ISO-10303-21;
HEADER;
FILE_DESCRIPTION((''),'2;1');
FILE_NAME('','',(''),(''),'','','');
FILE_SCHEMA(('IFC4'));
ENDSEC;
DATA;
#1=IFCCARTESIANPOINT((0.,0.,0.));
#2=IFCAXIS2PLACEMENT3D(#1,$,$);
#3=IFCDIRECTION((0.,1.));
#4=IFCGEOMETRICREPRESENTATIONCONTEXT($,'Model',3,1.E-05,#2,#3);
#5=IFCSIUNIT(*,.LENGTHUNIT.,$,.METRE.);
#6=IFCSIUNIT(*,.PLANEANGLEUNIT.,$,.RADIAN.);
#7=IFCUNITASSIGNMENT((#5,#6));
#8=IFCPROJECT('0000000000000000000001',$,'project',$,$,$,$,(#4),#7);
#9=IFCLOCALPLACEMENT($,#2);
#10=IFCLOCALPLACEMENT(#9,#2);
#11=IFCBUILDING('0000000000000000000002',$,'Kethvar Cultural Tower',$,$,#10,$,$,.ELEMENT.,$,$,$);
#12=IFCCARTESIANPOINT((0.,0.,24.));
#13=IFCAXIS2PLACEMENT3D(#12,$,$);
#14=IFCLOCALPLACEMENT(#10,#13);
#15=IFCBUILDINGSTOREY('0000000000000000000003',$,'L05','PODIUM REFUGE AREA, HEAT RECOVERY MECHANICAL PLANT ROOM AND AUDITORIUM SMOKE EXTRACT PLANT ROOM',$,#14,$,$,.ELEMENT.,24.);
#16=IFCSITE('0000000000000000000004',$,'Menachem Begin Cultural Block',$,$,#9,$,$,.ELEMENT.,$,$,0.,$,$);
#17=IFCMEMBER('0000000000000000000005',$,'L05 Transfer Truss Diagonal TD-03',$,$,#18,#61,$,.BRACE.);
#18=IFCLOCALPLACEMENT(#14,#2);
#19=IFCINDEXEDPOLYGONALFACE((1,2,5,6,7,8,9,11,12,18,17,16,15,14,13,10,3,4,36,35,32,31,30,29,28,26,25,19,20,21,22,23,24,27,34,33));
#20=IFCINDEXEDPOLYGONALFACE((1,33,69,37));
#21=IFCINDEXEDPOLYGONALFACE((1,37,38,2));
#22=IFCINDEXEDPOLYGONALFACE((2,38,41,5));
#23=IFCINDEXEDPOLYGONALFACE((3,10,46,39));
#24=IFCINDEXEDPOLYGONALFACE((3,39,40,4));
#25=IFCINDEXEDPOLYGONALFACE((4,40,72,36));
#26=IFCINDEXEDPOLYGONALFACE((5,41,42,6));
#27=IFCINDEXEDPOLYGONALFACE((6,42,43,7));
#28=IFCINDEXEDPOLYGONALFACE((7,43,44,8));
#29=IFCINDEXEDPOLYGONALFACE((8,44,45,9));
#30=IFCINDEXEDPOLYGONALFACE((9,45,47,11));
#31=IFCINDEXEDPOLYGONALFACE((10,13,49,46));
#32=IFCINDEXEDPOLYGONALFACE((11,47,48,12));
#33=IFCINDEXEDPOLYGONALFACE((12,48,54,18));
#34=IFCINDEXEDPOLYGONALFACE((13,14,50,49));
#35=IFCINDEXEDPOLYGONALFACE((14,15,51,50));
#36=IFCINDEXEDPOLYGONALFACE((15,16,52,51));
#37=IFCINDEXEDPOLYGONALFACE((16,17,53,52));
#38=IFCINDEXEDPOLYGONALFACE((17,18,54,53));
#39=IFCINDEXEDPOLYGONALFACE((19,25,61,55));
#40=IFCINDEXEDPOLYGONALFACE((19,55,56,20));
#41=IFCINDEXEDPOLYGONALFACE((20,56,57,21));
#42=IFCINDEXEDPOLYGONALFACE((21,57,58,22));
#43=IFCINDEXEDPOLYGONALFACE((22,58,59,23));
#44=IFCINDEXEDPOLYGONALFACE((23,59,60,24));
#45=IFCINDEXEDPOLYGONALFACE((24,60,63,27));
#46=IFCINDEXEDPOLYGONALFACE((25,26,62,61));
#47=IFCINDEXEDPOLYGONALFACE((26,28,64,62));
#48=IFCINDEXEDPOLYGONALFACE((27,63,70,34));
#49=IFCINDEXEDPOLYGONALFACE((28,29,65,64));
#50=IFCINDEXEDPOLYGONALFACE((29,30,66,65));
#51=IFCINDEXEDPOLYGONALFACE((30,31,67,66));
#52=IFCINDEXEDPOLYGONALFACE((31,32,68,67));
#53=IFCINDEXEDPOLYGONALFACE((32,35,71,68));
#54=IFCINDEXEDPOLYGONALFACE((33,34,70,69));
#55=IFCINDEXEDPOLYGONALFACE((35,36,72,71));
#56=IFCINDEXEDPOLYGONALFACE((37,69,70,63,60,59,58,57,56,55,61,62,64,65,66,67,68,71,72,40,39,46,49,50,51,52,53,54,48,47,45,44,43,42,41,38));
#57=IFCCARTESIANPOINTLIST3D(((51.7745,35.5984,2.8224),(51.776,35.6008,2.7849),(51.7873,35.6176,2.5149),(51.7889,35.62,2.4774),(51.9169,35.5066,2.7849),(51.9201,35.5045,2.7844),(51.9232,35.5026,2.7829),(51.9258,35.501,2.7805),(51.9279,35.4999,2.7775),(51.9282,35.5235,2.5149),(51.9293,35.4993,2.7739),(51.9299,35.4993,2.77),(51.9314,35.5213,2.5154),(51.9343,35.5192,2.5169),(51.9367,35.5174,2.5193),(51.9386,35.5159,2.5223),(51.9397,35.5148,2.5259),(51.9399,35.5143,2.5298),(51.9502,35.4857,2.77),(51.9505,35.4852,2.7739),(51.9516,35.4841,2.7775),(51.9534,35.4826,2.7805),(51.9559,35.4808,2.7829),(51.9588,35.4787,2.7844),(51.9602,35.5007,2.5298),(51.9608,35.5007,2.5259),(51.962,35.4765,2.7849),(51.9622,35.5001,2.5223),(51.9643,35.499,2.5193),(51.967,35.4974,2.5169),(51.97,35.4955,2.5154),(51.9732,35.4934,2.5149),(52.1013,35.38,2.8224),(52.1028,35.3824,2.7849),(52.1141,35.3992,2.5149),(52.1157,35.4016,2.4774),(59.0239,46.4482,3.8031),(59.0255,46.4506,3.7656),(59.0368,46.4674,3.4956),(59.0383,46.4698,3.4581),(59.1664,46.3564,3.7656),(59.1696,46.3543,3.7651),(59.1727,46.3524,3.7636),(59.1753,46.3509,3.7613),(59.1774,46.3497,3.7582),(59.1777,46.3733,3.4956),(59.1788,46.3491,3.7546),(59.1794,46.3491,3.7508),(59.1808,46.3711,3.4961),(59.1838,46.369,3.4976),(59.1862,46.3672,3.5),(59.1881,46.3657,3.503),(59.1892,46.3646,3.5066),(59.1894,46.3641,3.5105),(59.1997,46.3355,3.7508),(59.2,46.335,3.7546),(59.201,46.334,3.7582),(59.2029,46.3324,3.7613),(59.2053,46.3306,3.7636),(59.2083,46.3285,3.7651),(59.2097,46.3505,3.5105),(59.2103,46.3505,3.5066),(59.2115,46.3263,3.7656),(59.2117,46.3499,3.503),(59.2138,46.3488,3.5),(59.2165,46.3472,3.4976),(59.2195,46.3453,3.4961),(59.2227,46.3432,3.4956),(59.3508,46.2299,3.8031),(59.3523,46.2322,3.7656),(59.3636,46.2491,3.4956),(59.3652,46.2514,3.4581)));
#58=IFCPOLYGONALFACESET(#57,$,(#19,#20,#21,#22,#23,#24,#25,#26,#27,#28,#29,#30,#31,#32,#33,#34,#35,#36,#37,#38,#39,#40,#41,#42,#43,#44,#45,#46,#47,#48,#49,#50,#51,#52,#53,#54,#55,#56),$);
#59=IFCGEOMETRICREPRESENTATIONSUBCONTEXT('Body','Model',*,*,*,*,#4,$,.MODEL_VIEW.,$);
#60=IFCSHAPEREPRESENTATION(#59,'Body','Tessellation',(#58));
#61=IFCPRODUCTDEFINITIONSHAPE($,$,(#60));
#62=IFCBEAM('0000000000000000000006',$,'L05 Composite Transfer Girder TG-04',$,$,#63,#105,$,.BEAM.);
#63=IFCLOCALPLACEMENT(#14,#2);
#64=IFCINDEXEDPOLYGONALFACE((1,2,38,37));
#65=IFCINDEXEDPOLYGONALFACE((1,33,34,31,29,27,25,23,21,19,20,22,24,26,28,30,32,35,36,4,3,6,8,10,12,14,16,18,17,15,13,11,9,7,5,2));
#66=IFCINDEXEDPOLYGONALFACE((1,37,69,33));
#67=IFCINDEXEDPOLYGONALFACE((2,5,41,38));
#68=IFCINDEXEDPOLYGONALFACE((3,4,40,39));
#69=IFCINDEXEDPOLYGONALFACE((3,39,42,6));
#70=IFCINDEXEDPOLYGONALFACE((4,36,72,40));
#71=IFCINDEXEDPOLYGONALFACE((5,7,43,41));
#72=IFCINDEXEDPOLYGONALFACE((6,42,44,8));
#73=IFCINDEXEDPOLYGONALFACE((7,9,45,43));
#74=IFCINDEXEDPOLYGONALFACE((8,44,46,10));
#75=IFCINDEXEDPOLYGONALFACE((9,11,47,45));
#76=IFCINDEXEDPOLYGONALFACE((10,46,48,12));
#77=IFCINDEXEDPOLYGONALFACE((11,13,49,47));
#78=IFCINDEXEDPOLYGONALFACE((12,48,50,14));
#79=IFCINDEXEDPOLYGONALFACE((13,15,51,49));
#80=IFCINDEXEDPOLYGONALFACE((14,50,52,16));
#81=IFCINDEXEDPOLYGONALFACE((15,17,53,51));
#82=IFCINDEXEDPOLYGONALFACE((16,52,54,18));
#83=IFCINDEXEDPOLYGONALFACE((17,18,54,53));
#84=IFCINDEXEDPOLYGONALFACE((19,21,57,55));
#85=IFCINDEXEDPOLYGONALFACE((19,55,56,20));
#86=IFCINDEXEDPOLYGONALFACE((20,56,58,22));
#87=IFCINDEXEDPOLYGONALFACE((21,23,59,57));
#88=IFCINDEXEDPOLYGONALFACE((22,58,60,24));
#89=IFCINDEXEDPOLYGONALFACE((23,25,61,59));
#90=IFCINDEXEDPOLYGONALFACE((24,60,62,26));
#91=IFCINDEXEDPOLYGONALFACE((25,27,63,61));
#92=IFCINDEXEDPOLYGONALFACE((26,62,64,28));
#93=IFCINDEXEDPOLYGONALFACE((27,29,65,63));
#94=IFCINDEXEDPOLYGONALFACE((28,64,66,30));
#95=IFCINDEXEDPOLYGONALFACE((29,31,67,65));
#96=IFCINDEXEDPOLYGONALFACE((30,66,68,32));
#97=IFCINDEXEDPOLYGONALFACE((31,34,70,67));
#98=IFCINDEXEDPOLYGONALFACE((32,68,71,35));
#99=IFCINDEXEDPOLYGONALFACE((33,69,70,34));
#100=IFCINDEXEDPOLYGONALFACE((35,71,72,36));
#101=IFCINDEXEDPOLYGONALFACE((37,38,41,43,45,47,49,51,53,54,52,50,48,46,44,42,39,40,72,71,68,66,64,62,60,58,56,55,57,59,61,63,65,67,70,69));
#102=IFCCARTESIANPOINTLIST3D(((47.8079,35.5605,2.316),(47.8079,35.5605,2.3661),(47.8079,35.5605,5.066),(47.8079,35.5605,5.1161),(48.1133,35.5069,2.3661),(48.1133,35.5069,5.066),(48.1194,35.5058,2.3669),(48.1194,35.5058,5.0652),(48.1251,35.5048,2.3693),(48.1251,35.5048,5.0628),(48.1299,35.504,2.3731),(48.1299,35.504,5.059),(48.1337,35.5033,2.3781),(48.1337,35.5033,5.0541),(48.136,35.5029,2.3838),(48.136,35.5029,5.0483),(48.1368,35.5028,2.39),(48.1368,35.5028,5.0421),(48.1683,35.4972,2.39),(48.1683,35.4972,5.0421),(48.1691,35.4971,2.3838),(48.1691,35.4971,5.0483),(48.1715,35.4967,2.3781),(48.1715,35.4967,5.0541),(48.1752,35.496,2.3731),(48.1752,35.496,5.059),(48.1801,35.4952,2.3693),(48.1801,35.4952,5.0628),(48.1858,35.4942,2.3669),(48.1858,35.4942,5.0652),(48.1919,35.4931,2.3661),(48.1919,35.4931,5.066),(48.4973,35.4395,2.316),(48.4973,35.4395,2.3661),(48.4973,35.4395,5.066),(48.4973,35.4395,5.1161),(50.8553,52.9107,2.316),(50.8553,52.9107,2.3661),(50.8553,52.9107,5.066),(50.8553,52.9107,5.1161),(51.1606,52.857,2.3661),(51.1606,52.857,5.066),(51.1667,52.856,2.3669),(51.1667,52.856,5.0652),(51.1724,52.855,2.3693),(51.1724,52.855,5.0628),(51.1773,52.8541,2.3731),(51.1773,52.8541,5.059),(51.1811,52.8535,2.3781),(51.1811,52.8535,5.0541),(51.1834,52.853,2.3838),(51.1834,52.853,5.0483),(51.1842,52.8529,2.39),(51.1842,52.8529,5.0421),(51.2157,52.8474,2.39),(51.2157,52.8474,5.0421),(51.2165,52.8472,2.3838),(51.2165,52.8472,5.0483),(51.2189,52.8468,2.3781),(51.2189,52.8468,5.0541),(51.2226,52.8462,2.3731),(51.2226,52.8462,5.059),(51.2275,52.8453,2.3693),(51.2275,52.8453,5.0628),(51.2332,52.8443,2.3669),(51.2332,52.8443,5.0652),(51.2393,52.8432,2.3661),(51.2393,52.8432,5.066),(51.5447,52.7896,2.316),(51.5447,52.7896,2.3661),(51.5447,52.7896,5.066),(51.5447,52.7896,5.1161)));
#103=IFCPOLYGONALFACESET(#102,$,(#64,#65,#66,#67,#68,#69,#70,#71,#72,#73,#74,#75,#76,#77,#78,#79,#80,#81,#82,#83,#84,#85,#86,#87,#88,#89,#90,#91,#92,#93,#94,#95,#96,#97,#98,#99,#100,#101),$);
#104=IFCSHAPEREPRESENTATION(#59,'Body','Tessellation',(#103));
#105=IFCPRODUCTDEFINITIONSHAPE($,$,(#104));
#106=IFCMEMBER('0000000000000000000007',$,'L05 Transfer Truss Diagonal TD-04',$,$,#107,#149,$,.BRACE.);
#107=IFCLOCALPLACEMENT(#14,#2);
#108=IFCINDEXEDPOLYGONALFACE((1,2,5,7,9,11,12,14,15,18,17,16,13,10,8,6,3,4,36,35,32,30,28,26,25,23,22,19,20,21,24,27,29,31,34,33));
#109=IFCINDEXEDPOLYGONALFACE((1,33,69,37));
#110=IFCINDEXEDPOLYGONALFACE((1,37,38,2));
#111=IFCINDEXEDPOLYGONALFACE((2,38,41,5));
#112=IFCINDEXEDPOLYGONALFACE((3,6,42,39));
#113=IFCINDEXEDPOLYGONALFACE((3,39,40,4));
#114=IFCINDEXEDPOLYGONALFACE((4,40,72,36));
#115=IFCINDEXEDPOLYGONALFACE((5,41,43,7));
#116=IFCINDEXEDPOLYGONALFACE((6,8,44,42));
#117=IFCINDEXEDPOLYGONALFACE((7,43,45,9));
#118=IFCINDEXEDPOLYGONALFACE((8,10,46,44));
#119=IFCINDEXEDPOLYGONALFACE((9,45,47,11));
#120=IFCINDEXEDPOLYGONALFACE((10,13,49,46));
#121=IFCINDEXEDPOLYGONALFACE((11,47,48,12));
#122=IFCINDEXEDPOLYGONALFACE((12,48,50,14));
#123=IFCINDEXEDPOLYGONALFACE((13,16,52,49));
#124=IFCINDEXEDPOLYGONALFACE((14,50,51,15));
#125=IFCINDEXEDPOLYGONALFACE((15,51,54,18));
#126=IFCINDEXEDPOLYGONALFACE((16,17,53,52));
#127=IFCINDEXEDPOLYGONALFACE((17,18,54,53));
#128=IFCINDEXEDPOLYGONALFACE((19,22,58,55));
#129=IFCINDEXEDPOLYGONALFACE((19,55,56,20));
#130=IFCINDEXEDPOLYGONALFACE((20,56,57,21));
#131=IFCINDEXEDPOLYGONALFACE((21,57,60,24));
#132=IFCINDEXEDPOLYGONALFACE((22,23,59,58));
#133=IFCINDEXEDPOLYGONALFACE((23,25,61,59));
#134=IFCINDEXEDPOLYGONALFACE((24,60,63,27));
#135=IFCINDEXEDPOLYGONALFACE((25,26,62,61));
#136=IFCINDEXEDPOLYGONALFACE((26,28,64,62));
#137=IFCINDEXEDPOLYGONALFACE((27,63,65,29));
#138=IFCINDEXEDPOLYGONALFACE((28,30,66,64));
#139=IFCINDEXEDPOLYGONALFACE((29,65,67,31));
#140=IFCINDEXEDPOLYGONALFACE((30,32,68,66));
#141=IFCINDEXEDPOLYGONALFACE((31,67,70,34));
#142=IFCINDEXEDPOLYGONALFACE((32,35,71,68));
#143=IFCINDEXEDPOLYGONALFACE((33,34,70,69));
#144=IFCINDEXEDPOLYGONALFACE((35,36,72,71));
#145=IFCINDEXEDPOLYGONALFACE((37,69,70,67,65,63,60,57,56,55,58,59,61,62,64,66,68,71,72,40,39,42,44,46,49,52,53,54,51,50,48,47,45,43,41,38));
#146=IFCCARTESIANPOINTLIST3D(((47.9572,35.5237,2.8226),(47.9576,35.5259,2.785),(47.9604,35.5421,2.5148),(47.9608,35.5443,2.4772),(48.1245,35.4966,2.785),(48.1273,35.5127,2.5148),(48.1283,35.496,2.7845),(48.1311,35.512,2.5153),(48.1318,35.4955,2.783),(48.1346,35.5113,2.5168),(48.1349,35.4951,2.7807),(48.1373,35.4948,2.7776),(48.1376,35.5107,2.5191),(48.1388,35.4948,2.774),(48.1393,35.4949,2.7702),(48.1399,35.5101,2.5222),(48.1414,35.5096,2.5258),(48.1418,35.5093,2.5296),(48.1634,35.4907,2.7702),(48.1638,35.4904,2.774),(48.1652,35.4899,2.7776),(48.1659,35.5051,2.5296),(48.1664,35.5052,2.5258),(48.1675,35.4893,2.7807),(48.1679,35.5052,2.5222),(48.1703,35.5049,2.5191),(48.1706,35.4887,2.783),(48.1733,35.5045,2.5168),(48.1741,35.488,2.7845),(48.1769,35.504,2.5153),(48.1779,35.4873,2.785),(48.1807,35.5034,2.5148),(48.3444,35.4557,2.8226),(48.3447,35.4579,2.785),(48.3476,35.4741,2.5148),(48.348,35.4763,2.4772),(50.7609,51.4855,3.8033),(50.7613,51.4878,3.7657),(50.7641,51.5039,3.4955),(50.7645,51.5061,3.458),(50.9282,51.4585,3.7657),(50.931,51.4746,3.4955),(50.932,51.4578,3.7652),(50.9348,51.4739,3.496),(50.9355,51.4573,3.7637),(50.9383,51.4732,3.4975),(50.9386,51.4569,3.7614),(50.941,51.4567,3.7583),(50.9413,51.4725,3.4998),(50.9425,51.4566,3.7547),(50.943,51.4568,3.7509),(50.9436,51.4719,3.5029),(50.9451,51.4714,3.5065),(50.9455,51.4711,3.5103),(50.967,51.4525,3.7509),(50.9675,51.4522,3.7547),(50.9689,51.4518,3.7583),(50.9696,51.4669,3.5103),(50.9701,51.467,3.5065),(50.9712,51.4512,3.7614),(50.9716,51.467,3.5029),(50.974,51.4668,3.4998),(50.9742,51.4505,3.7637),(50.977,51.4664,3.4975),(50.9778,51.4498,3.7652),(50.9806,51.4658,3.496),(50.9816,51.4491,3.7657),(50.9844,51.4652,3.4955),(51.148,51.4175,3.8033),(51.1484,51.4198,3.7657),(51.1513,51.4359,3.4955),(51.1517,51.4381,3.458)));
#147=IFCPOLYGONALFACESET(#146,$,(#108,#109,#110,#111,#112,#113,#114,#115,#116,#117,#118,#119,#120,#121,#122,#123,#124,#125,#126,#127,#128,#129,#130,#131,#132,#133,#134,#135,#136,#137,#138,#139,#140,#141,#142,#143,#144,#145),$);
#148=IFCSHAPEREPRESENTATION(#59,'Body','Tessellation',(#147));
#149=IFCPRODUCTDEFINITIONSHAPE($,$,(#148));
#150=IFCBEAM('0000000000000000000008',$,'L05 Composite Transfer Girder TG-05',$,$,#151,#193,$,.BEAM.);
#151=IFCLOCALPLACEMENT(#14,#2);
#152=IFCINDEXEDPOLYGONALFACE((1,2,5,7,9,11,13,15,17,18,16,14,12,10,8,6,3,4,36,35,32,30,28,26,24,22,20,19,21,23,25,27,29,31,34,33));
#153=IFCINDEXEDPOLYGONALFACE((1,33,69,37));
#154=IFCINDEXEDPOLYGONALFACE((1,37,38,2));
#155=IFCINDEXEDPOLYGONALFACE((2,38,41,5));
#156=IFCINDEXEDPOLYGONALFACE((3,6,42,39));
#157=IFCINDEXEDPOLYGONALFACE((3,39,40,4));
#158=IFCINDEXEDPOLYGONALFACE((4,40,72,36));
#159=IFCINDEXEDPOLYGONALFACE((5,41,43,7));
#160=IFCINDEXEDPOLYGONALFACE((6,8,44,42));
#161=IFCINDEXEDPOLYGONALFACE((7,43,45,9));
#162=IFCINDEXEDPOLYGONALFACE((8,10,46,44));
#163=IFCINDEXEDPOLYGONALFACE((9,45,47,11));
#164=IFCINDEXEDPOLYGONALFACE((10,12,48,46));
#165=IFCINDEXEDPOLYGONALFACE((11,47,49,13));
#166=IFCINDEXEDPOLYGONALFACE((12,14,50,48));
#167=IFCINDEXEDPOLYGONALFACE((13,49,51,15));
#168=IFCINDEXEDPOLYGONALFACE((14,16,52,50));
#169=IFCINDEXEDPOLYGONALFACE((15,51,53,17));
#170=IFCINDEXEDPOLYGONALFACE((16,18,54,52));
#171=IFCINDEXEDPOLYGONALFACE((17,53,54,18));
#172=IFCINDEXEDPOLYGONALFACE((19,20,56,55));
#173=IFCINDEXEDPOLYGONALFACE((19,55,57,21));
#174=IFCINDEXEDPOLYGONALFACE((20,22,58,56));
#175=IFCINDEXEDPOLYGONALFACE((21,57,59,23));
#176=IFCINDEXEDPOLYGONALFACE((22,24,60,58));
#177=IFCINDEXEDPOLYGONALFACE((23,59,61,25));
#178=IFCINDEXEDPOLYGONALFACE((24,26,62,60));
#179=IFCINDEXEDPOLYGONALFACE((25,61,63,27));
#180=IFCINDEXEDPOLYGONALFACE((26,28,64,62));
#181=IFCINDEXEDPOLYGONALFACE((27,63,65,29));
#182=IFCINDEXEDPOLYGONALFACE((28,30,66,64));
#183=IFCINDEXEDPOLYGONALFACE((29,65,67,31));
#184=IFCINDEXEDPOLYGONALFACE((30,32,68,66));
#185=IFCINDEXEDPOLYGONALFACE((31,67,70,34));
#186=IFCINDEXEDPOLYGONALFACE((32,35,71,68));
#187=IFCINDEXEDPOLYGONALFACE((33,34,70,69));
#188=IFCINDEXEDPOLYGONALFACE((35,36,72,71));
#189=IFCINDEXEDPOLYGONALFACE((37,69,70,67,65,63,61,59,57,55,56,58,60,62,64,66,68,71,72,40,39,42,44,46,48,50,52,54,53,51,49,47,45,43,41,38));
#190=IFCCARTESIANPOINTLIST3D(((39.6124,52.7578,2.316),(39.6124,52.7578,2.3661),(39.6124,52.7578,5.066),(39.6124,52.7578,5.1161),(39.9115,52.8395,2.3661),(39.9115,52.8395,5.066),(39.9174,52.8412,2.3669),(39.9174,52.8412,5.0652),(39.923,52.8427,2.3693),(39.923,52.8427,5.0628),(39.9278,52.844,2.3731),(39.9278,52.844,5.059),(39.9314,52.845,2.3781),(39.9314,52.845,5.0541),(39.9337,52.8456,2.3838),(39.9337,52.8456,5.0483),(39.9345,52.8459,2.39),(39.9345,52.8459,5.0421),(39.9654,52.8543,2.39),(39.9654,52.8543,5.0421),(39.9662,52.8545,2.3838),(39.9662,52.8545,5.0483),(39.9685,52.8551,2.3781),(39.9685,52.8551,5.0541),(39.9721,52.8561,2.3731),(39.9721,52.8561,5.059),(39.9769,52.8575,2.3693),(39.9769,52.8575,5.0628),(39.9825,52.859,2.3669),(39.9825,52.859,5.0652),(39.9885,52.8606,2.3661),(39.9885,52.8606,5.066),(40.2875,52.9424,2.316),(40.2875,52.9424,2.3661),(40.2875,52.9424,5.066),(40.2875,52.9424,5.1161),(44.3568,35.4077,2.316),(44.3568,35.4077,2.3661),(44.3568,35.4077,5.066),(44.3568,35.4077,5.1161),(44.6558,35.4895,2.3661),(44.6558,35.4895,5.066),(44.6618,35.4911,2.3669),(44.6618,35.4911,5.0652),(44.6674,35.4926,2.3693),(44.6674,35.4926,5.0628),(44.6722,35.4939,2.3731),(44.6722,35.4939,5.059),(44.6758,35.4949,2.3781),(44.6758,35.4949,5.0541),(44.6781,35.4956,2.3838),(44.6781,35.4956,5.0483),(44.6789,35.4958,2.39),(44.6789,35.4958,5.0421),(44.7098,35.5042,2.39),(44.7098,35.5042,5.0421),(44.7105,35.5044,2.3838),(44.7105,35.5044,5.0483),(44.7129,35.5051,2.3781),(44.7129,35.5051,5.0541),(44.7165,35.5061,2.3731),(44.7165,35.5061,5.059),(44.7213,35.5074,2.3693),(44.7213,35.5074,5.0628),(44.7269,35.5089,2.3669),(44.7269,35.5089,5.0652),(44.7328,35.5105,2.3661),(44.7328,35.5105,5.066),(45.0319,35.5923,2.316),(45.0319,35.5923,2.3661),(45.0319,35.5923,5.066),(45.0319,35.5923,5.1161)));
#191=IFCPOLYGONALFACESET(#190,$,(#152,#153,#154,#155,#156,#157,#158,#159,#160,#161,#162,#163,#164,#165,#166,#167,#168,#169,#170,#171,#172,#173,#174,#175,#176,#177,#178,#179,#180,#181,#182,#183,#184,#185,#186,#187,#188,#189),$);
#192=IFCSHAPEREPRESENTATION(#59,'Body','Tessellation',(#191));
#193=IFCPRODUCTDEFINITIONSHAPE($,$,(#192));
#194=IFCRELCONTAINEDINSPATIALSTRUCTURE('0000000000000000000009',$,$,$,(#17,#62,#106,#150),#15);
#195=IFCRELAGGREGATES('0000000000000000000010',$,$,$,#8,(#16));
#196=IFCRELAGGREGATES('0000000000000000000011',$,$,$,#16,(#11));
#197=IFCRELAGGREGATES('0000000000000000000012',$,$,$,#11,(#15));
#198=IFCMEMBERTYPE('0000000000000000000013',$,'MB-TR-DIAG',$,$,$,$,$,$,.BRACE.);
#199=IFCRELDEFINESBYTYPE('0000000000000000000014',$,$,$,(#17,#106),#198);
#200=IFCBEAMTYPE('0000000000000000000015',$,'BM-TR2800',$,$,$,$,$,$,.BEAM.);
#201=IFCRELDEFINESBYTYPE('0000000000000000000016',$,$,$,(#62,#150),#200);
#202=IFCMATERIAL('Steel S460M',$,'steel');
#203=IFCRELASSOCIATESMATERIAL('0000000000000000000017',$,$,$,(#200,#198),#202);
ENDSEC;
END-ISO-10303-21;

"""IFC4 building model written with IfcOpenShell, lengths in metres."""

from ifc_helpers import new_model, si_unit, direction, frame, origin, origin_2d, place, context, subcontext, project, spatial, i_section, extrude, source, transform, mapped, material, material_profile, profile_set, type_object, element, save


model = new_model("IFC4")

# Units and contexts
model_context = context("Model", 3, precision=1e-05, world=origin(), true_north=direction((0.0, 1.0)))
body_context = subcontext(model_context, "Body", "Model", "MODEL_VIEW")
ifc_project = project(units=[si_unit("LENGTHUNIT", "METRE"), si_unit("PLANEANGLEUNIT", "RADIAN")], contexts=[model_context])

# Site, building, storey
site_placement = place(None, origin())
site = spatial("IfcSite", under=ifc_project, at=site_placement, Name="Menachem Begin Cultural Block", CompositionType="ELEMENT", RefElevation=0.0)
building_placement = place(site_placement, origin())
building = spatial("IfcBuilding", under=site, at=building_placement, Name="Kethvar Cultural Tower", CompositionType="ELEMENT")
storey_placement = place(building_placement, frame((0.0, 0.0, 24.0)))
storey = spatial("IfcBuildingStorey", under=building, at=storey_placement, Name="L05", Description="PODIUM REFUGE AREA, HEAT RECOVERY MECHANICAL PLANT ROOM AND AUDITORIUM SMOKE EXTRACT PLANT ROOM", CompositionType="ELEMENT", Elevation=24.0)

# Shared definitions
ifc_material_1 = material(Name="Steel S460M", Category="steel")

# Shared definitions
ifc_material_profile_1 = material_profile(ifc_material_1, i_section(OverallWidth=0.7, OverallDepth=2.8, WebThickness=0.032, FlangeThickness=0.05, FilletRadius=0.0239, at=origin_2d()), Name="Steel S460M — PG2800x700x50x32")
ifc_profile_set_1 = profile_set([ifc_material_profile_1], Name="Steel S460M — PG2800x700x50x32")
beam_type_1 = type_object("IfcBeamType", Name="BM-TR2800", PredefinedType="BEAM", material=ifc_profile_set_1)

# Member
ifc_material_profile_2 = material_profile(ifc_material_1, i_section(OverallWidth=0.3931, OverallDepth=0.3459, WebThickness=0.0244, FlangeThickness=0.0376, FilletRadius=0.0149, at=origin_2d()), Name="Steel S460M — HD400x509")
ifc_profile_set_2 = profile_set([ifc_material_profile_2], Name="Steel S460M — HD400x509")
member_type_1 = type_object("IfcMemberType", Name="MB-TR-DIAG", PredefinedType="BRACE", material=ifc_profile_set_2)
shared_shape_1 = source(origin(), body_context, "Body", "SweptSolid", [
    extrude(i_section(OverallWidth=0.3931, OverallDepth=0.3459, WebThickness=0.0244, FlangeThickness=0.0376, FilletRadius=0.0149, at=origin_2d()), origin(), (0.0, 0.0, 1.0), 13.0857),
])
member_1_placement = place(storey_placement, frame((51.9451, 35.5, 2.6499), z_axis=(0.554001, 0.829136, 0.074945), x_axis=(-0.831474, 0.555563, 0.0)))
element("IfcMember", 1, at=member_1_placement, inside=storey, type_object=member_type_1, Name="L05 Transfer Truss Diagonal TD-03", PredefinedType="BRACE", context=body_context, shape_type="MappedRepresentation", body=[
    mapped(shared_shape_1, transform((0.0, 0.0, 0.0), scale=1.0)),
])

# Beam
shared_shape_2 = source(origin(), body_context, "Body", "SweptSolid", [
    extrude(i_section(OverallWidth=0.7, OverallDepth=2.8, WebThickness=0.032, FlangeThickness=0.05, FilletRadius=0.0239, at=origin_2d()), origin(), (0.0, 0.0, 1.0), 17.6157),
])
beam_1_placement = place(storey_placement, frame((48.1526, 35.5, 3.7161), z_axis=(0.172991, 0.984923, 0.0), x_axis=(-0.984923, 0.172991, 0.0)))
element("IfcBeam", 2, at=beam_1_placement, inside=storey, type_object=beam_type_1, Name="L05 Composite Transfer Girder TG-04", PredefinedType="BEAM", context=body_context, shape_type="MappedRepresentation", body=[
    mapped(shared_shape_2, transform((0.0, 0.0, 0.0), scale=1.0)),
])

# Member
shared_shape_3 = source(origin(), body_context, "Body", "SweptSolid", [
    extrude(i_section(OverallWidth=0.3931, OverallDepth=0.3459, WebThickness=0.0244, FlangeThickness=0.0376, FilletRadius=0.0149, at=origin_2d()), origin(), (0.0, 0.0, 1.0), 16.2358),
])
member_2_placement = place(storey_placement, frame((48.1526, 35.5, 2.6499), z_axis=(0.172686, 0.983123, 0.060404), x_axis=(-0.984922, 0.173002, 0.0)))
element("IfcMember", 3, at=member_2_placement, inside=storey, type_object=member_type_1, Name="L05 Transfer Truss Diagonal TD-04", PredefinedType="BRACE", context=body_context, shape_type="MappedRepresentation", body=[
    mapped(shared_shape_3, transform((0.0, 0.0, 0.0), scale=1.0)),
])

# Beam
shared_shape_4 = source(origin(), body_context, "Body", "SweptSolid", [
    extrude(i_section(OverallWidth=0.7, OverallDepth=2.8, WebThickness=0.032, FlangeThickness=0.05, FilletRadius=0.0239, at=origin_2d()), origin(), (0.0, 0.0, 1.0), 17.9871),
])
beam_2_placement = place(storey_placement, frame((44.6943, 35.5, 3.7161), z_axis=(-0.263766, 0.964587, 0.0), x_axis=(-0.964587, -0.263766, 0.0)))
element("IfcBeam", 4, at=beam_2_placement, inside=storey, type_object=beam_type_1, Name="L05 Composite Transfer Girder TG-05", PredefinedType="BEAM", context=body_context, shape_type="MappedRepresentation", body=[
    mapped(shared_shape_4, transform((0.0, 0.0, 0.0), scale=1.0)),
])

save(model, "model.ifc")
